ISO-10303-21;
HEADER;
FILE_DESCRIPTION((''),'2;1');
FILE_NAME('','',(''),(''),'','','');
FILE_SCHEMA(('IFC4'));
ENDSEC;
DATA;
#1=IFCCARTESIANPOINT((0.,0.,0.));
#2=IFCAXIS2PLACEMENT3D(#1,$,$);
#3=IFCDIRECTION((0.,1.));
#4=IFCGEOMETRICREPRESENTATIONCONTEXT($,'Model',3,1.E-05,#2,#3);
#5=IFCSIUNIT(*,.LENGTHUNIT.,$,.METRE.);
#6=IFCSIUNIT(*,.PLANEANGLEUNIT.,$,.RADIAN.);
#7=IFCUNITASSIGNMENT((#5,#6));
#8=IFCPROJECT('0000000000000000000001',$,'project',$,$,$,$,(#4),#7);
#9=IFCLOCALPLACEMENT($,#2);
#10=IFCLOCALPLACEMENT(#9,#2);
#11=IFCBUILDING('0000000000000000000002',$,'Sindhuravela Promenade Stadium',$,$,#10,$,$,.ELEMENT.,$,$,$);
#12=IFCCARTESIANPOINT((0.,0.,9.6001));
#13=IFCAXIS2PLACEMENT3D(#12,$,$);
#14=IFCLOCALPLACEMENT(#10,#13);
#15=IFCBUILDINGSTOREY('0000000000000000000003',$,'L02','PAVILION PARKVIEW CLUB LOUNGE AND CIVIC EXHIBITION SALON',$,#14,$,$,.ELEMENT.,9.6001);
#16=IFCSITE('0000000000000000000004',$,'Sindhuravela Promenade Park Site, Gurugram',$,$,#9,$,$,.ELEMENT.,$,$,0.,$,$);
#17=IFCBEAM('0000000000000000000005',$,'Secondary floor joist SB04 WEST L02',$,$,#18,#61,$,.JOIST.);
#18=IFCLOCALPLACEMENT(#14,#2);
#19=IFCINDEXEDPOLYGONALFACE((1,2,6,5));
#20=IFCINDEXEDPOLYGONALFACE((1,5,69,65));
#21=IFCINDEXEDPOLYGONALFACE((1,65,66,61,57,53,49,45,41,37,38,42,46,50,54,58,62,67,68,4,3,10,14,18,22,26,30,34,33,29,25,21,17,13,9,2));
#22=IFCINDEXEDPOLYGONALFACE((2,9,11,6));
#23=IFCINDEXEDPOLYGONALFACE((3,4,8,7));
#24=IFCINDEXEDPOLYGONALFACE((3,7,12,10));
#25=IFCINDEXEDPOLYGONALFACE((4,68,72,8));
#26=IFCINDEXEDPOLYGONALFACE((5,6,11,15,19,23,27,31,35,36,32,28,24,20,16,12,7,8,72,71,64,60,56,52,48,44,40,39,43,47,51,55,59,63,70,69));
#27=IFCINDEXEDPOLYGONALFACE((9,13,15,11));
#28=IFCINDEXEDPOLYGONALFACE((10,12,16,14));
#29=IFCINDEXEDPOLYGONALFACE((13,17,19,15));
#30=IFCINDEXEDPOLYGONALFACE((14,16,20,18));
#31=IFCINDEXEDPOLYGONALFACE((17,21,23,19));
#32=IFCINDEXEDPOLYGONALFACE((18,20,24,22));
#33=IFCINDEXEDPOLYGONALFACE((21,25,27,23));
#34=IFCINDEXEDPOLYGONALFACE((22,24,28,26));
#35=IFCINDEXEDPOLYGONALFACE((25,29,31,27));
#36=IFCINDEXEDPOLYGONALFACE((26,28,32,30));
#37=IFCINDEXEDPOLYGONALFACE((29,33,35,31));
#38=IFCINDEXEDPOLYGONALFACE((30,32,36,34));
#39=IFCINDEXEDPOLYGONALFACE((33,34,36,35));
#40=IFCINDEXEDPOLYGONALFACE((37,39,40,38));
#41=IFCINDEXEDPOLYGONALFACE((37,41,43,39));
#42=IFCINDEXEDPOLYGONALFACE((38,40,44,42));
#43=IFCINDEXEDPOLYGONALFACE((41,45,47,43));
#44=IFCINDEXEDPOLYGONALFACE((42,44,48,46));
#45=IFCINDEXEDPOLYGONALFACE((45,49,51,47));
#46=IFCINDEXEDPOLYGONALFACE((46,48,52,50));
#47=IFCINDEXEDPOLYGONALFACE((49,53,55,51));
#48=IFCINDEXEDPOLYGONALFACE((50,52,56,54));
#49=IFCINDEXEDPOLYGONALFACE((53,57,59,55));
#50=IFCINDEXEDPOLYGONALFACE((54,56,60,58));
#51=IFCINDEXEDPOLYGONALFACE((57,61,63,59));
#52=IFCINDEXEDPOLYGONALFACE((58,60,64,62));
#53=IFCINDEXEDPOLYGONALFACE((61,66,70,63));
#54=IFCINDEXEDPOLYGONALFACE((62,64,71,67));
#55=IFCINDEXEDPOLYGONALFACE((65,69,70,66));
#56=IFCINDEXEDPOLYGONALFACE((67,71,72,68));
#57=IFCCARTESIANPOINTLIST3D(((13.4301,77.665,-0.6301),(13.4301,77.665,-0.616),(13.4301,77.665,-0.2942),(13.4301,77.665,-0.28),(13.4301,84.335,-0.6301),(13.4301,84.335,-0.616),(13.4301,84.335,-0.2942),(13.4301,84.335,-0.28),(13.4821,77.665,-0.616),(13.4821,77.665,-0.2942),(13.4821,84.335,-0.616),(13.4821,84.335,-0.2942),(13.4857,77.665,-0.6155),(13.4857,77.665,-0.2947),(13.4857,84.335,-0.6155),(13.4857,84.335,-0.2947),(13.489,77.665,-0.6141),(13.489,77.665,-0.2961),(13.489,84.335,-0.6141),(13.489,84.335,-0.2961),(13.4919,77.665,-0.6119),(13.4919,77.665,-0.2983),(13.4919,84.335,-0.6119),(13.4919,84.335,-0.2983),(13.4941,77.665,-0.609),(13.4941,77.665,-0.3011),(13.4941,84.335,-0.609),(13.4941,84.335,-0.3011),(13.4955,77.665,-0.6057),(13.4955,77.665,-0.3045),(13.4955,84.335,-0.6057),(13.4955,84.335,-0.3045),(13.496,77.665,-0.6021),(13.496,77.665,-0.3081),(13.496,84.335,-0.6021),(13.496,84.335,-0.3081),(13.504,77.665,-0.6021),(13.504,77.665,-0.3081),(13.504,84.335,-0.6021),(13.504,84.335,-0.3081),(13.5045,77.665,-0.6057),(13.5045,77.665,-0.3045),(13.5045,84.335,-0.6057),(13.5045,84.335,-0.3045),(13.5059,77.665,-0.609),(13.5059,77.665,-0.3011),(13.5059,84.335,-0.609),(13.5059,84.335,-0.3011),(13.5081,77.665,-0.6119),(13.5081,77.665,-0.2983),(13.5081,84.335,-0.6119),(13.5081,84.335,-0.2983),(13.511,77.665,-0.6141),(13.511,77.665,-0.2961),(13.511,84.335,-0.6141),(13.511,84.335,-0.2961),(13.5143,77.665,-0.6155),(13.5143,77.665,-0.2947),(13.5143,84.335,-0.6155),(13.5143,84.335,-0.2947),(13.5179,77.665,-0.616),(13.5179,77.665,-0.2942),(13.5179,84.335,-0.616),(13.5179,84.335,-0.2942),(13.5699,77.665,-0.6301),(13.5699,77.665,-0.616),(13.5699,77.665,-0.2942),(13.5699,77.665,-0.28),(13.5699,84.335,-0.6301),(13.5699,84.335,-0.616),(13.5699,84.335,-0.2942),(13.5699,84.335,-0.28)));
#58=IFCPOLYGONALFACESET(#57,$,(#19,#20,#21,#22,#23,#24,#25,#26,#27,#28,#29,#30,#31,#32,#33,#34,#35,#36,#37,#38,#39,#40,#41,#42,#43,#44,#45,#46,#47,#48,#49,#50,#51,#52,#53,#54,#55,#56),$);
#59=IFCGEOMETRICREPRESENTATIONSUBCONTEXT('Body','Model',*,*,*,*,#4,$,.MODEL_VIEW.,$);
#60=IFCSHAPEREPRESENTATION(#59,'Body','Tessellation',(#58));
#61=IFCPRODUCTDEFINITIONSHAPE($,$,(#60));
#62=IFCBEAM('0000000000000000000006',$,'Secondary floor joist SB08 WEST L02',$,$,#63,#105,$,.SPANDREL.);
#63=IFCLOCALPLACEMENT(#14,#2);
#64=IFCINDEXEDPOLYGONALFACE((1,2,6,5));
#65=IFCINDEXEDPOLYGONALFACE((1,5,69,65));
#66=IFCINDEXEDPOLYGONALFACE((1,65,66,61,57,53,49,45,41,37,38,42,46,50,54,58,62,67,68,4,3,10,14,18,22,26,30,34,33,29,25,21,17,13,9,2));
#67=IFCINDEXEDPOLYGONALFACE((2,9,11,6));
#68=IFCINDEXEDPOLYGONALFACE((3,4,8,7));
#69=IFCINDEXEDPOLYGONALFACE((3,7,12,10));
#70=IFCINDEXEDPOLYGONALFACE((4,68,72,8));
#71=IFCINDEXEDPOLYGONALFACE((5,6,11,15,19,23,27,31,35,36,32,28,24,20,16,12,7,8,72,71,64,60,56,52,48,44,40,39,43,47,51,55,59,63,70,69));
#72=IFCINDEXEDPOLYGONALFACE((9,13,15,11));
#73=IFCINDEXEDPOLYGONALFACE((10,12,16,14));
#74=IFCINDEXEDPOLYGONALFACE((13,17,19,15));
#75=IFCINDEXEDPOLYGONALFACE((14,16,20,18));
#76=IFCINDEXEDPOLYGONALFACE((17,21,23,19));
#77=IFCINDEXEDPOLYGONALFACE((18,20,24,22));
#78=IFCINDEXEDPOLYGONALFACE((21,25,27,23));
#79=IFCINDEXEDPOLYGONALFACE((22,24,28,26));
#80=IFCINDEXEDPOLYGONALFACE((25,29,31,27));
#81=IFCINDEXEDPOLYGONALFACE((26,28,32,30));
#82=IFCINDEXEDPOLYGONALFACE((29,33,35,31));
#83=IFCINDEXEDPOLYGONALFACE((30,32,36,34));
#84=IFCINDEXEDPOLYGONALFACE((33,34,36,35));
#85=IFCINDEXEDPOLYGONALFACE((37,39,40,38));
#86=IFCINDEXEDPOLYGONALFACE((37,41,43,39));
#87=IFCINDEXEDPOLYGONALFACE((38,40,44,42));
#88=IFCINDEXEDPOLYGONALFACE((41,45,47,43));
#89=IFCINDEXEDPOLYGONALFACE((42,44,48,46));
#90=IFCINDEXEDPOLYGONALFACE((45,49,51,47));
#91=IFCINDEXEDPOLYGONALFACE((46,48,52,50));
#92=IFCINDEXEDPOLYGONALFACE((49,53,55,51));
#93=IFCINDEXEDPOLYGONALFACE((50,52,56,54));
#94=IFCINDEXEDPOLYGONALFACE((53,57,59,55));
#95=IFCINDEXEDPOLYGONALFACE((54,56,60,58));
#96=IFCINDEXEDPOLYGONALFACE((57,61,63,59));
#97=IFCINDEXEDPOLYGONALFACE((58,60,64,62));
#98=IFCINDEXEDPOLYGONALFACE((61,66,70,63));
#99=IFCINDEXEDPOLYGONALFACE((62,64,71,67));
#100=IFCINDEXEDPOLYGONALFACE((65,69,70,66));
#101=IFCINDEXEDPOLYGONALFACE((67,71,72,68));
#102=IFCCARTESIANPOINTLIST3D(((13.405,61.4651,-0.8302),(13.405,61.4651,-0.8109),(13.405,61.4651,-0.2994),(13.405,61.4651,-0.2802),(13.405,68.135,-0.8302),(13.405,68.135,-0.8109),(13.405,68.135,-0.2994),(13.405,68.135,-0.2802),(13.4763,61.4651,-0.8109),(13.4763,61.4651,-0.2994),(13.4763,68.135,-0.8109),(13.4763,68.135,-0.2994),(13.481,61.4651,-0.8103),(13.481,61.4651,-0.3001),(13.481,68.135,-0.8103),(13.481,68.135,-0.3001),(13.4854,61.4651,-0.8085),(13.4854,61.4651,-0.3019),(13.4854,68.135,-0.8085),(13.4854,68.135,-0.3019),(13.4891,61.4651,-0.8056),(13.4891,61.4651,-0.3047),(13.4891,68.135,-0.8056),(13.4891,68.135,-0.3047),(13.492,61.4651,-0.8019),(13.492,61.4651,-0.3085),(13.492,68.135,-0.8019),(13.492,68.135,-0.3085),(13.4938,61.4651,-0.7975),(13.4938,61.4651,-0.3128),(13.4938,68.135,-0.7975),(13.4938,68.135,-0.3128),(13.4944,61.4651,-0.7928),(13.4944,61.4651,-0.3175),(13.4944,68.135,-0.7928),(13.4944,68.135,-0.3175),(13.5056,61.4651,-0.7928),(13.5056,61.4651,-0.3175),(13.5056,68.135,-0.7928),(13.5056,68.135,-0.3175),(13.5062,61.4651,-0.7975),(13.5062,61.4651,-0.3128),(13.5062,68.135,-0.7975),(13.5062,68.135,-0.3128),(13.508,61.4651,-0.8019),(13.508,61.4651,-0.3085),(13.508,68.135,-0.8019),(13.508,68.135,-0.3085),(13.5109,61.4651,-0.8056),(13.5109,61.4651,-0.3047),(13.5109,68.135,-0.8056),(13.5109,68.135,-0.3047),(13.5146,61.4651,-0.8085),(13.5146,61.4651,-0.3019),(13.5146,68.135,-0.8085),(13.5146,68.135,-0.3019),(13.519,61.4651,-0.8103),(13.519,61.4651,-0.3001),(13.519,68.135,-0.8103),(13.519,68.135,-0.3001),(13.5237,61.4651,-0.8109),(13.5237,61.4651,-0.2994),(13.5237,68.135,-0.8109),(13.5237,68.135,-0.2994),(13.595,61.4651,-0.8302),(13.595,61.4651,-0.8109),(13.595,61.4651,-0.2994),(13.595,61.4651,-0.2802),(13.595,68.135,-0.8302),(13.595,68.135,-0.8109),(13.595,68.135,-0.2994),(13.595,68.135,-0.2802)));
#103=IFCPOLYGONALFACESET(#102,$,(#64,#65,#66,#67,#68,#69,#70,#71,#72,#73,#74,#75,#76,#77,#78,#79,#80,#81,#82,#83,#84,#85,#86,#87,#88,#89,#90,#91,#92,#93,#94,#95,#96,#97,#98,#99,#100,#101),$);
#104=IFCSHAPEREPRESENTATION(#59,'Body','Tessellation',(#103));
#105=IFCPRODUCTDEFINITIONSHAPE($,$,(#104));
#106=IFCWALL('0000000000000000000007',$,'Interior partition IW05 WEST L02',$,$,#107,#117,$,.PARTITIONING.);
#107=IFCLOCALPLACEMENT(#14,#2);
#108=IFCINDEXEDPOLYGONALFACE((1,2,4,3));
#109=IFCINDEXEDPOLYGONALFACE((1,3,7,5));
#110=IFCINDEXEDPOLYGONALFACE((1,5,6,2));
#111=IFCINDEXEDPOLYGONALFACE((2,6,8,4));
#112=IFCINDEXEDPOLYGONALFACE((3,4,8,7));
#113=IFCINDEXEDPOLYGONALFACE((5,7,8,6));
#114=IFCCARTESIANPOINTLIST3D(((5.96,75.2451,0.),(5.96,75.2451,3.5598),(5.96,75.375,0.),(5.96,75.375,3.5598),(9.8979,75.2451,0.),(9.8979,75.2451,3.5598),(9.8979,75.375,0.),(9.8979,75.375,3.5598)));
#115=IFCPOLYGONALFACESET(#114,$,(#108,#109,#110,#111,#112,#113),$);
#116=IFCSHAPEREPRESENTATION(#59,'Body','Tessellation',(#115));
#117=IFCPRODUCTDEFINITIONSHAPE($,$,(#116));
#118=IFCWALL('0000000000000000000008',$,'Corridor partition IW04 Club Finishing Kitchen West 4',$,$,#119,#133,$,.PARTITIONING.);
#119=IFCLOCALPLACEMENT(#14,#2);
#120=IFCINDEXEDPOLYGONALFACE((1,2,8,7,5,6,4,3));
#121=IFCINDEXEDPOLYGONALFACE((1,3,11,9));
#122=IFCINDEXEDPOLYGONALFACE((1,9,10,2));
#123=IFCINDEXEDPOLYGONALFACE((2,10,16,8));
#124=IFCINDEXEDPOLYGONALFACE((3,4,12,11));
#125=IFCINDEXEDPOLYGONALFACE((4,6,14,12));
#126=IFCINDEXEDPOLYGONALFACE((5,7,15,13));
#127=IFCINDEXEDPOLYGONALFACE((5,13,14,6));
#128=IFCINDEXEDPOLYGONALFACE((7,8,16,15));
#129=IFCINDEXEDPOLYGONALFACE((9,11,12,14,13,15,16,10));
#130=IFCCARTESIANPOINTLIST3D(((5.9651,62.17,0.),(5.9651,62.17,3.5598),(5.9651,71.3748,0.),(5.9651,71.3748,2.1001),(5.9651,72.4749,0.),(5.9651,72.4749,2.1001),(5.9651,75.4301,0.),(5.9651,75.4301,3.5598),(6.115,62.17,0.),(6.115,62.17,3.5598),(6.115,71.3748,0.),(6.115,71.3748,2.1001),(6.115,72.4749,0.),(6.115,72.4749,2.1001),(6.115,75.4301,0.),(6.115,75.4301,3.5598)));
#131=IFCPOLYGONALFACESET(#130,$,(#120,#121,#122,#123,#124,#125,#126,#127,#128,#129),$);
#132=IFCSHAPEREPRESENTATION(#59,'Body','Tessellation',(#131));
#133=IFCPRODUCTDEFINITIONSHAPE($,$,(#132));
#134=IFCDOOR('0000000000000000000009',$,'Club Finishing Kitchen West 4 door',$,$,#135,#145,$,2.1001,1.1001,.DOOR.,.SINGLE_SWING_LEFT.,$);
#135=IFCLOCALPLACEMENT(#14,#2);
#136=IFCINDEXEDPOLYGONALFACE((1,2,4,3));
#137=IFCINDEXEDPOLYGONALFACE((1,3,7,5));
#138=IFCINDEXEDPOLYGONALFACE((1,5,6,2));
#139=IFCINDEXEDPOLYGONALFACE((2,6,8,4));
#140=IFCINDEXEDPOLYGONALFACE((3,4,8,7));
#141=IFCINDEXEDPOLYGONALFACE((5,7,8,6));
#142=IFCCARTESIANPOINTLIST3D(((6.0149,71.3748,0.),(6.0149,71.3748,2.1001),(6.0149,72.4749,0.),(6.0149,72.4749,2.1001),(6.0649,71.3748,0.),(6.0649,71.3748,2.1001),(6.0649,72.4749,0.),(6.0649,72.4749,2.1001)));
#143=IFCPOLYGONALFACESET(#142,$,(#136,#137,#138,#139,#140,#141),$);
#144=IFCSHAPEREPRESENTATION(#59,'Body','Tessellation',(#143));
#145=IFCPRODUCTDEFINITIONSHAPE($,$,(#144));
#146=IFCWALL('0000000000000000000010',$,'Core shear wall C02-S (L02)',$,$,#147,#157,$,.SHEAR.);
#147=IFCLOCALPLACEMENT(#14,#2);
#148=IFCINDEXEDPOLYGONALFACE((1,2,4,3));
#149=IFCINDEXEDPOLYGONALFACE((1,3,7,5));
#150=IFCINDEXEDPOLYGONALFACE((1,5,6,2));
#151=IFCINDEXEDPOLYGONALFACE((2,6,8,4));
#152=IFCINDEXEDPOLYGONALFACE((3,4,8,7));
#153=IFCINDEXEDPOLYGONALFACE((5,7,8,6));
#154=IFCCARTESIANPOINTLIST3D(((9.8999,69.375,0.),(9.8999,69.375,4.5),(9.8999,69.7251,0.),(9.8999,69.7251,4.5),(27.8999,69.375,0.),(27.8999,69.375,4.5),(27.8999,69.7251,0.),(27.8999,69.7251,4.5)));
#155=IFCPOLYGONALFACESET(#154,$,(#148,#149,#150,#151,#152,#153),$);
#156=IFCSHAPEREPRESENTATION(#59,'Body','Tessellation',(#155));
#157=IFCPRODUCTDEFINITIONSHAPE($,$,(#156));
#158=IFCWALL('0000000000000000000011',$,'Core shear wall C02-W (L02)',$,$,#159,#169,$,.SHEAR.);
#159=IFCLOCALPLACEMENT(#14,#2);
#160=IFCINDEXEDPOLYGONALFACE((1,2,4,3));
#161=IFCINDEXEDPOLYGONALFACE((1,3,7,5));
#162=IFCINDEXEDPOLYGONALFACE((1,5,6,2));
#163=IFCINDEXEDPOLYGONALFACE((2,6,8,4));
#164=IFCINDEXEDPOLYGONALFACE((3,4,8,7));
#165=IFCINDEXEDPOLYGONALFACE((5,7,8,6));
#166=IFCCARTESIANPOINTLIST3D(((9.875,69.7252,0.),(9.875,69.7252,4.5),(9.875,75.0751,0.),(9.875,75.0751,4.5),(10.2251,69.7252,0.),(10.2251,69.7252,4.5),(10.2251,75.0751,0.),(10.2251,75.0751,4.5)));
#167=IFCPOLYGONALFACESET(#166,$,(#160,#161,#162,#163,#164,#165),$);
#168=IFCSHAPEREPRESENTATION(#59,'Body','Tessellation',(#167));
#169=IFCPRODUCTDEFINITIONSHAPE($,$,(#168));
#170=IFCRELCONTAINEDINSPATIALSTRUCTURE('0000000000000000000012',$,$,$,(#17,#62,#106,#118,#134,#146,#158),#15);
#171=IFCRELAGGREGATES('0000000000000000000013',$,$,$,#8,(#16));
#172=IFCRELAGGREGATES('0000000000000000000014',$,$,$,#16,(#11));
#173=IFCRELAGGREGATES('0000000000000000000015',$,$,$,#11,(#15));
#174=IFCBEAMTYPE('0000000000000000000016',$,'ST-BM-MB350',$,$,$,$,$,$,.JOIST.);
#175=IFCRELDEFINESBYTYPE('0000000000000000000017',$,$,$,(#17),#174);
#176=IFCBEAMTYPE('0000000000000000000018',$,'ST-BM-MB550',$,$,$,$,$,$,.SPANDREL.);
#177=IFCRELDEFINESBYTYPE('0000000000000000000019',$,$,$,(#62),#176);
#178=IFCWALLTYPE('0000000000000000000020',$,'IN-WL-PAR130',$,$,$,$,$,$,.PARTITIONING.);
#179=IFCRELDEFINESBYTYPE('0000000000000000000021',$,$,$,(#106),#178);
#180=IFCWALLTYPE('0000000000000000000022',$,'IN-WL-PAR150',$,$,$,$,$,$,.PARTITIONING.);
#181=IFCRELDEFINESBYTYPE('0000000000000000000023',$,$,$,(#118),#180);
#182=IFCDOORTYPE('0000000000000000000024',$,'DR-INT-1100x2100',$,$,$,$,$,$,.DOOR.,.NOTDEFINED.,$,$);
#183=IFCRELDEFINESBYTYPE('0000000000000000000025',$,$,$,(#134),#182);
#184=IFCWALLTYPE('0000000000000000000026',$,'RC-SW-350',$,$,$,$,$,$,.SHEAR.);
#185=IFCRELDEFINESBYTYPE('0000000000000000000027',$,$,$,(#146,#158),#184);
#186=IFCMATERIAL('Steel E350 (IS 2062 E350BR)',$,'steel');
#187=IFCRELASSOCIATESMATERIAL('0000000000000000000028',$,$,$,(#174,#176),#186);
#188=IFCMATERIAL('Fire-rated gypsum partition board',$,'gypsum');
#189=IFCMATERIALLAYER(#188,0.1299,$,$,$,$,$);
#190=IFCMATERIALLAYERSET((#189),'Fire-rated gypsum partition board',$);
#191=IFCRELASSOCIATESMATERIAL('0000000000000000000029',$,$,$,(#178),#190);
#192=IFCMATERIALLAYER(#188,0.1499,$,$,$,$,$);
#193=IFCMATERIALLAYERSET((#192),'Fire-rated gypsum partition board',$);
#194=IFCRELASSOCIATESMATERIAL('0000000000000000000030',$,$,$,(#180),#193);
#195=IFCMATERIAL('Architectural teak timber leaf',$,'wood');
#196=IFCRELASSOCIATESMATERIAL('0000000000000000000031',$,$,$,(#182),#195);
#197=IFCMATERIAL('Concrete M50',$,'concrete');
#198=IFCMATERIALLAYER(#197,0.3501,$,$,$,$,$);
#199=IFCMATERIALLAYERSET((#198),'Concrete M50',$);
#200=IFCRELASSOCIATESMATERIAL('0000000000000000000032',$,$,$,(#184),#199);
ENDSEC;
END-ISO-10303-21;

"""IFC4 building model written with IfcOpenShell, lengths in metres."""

from ifc_helpers import new_model, si_unit, direction, frame, frame_2d, origin, origin_2d, place, context, subcontext, project, spatial, rectangle, i_section, extrude, material, layer, layer_set, material_profile, profile_set, type_object, element, fill, save


model = new_model("IFC4")

# Units and contexts
model_context = context("Model", 3, precision=1e-05, world=origin(), true_north=direction((0.0, 1.0)))
body_context = subcontext(model_context, "Body", "Model", "MODEL_VIEW")
ifc_project = project(units=[si_unit("LENGTHUNIT", "METRE"), si_unit("PLANEANGLEUNIT", "RADIAN")], contexts=[model_context])

# Site, building, storey
site_placement = place(None, origin())
site = spatial("IfcSite", under=ifc_project, at=site_placement, Name="Sindhuravela Promenade Park Site, Gurugram", CompositionType="ELEMENT", RefElevation=0.0)
building_placement = place(site_placement, origin())
building = spatial("IfcBuilding", under=site, at=building_placement, Name="Sindhuravela Promenade Stadium", CompositionType="ELEMENT")
storey_placement = place(building_placement, frame((0.0, 0.0, 9.6001)))
storey = spatial("IfcBuildingStorey", under=building, at=storey_placement, Name="L02", Description="PAVILION PARKVIEW CLUB LOUNGE AND CIVIC EXHIBITION SALON", CompositionType="ELEMENT", Elevation=9.6001)

# Shared definitions
ifc_material_1 = material(Name="Concrete M50", Category="concrete")

# Beams
ifc_material_2 = material(Name="Steel E350 (IS 2062 E350BR)", Category="steel")
ifc_material_profile_1 = material_profile(ifc_material_2, i_section(OverallWidth=0.1399, OverallDepth=0.3501, WebThickness=0.0081, FlangeThickness=0.0142, FilletRadius=0.0139, at=origin_2d()), Name="ISMB 350")
ifc_profile_set_1 = profile_set([ifc_material_profile_1], Name="Steel E350 (IS 2062 E350BR)")
beam_type_1 = type_object("IfcBeamType", Name="ST-BM-MB350", PredefinedType="JOIST", material=ifc_profile_set_1)
beam_1_placement = place(storey_placement, frame((13.5, 77.665, -0.4551), z_axis=(0.0, 1.0, 0.0), x_axis=(-1.0, 0.0, 0.0)))
element("IfcBeam", 1, at=beam_1_placement, inside=storey, type_object=beam_type_1, Name="Secondary floor joist SB04 WEST L02", PredefinedType="JOIST", context=body_context, shape_type="SweptSolid", body=[
    extrude(i_section(OverallWidth=0.1399, OverallDepth=0.3501, WebThickness=0.0081, FlangeThickness=0.0142, FilletRadius=0.0139, at=origin_2d()), origin(), (0.0, 0.0, 1.0), 6.6699),
])
ifc_material_profile_2 = material_profile(ifc_material_2, i_section(OverallWidth=0.1899, OverallDepth=0.55, WebThickness=0.0112, FlangeThickness=0.0193, FilletRadius=0.0181, at=origin_2d()), Name="ISMB 550")
ifc_profile_set_2 = profile_set([ifc_material_profile_2], Name="Steel E350 (IS 2062 E350BR)")
beam_type_2 = type_object("IfcBeamType", Name="ST-BM-MB550", PredefinedType="SPANDREL", material=ifc_profile_set_2)
beam_2_placement = place(storey_placement, frame((13.5, 61.4651, -0.5552), z_axis=(0.0, 1.0, 0.0), x_axis=(-1.0, 0.0, 0.0)))
element("IfcBeam", 2, at=beam_2_placement, inside=storey, type_object=beam_type_2, Name="Secondary floor joist SB08 WEST L02", PredefinedType="SPANDREL", context=body_context, shape_type="SweptSolid", body=[
    extrude(i_section(OverallWidth=0.1899, OverallDepth=0.55, WebThickness=0.0112, FlangeThickness=0.0193, FilletRadius=0.0181, at=origin_2d()), origin(), (0.0, 0.0, 1.0), 6.6699),
])

# Wall
ifc_material_3 = material(Name="Fire-rated gypsum partition board", Category="gypsum")
ifc_layer_1 = layer(ifc_material_3, 0.1299)
ifc_layer_set_1 = layer_set([ifc_layer_1], Name="Fire-rated gypsum partition board")
wall_type_1 = type_object("IfcWallType", Name="IN-WL-PAR130", PredefinedType="PARTITIONING", material=ifc_layer_set_1)
wall_1_placement = place(storey_placement, frame((5.96, 75.3101, 0.0), z_axis=(0.0, 0.0, 1.0), x_axis=(1.0, 0.0, 0.0)))
element("IfcWall", 3, at=wall_1_placement, inside=storey, type_object=wall_type_1, Name="Interior partition IW05 WEST L02", PredefinedType="PARTITIONING", context=body_context, shape_type="SweptSolid", body=[
    extrude(rectangle(XDim=3.938, YDim=0.1299, at=frame_2d((1.969, 0.0))), origin(), (0.0, 0.0, 1.0), 3.5598),
])

# Wall, opening, door
ifc_layer_2 = layer(ifc_material_3, 0.1499)
ifc_layer_set_2 = layer_set([ifc_layer_2], Name="Fire-rated gypsum partition board")
wall_type_2 = type_object("IfcWallType", Name="IN-WL-PAR150", PredefinedType="PARTITIONING", material=ifc_layer_set_2)
wall_2_placement = place(storey_placement, frame((6.04, 75.4299, 0.0), z_axis=(0.0, 0.0, 1.0), x_axis=(0.0, -1.0, 0.0)))
wall_2 = element("IfcWall", 4, at=wall_2_placement, inside=storey, type_object=wall_type_2, Name="Corridor partition IW04 Club Finishing Kitchen West 4", PredefinedType="PARTITIONING", context=body_context, shape_type="SweptSolid", body=[
    extrude(rectangle(XDim=13.26, YDim=0.1499, at=frame_2d((6.6299, 0.0))), origin(), (0.0, 0.0, 1.0), 3.5598),
])
opening_placement = place(wall_2_placement, frame((2.9551, 0.0, 0.0)))
opening = element("IfcOpeningElement", 5, at=opening_placement, cuts=wall_2, PredefinedType="OPENING", context=body_context, shape_type="SweptSolid", body=[
    extrude(rectangle(XDim=1.1001, YDim=2.1001, at=frame_2d((0.55, 1.05))), frame((0.0, 0.085, 0.0), z_axis=(0.0, -1.0, 0.0), x_axis=(1.0, 0.0, 0.0)), (0.0, 0.0, 1.0), 0.1699),
])
ifc_material_4 = material(Name="Architectural teak timber leaf", Category="wood")
door_type = type_object("IfcDoorType", Name="DR-INT-1100x2100", OperationType="NOTDEFINED", PredefinedType="DOOR", material=ifc_material_4)
door_placement = place(opening_placement, origin())
door = element("IfcDoor", 6, at=door_placement, inside=storey, type_object=door_type, Name="Club Finishing Kitchen West 4 door", OperationType="SINGLE_SWING_LEFT", OverallHeight=2.1001, OverallWidth=1.1001, PredefinedType="DOOR", context=body_context, shape_type="SweptSolid", body=[
    extrude(rectangle(XDim=1.1001, YDim=2.1001, at=frame_2d((0.55, 1.05))), frame((0.0, 0.0249, 0.0), z_axis=(0.0, -1.0, 0.0), x_axis=(1.0, 0.0, 0.0)), (0.0, 0.0, 1.0), 0.05),
])
fill(opening, door)

# Walls
ifc_layer_3 = layer(ifc_material_1, 0.3501)
ifc_layer_set_3 = layer_set([ifc_layer_3], Name="Concrete M50")
wall_type_3 = type_object("IfcWallType", Name="RC-SW-350", PredefinedType="SHEAR", material=ifc_layer_set_3)
wall_3_placement = place(storey_placement, frame((9.8999, 69.55, 0.0), z_axis=(0.0, 0.0, 1.0), x_axis=(1.0, 0.0, 0.0)))
element("IfcWall", 7, at=wall_3_placement, inside=storey, type_object=wall_type_3, Name="Core shear wall C02-S (L02)", PredefinedType="SHEAR", context=body_context, shape_type="SweptSolid", body=[
    extrude(rectangle(XDim=18.0, YDim=0.3501, at=frame_2d((9.0, 0.0))), origin(), (0.0, 0.0, 1.0), 4.5),
])
wall_4_placement = place(storey_placement, frame((10.05, 75.075, 0.0), z_axis=(0.0, 0.0, 1.0), x_axis=(0.0, -1.0, 0.0)))
element("IfcWall", 8, at=wall_4_placement, inside=storey, type_object=wall_type_3, Name="Core shear wall C02-W (L02)", PredefinedType="SHEAR", context=body_context, shape_type="SweptSolid", body=[
    extrude(rectangle(XDim=5.3499, YDim=0.3501, at=frame_2d((2.6748, 0.0))), origin(), (0.0, 0.0, 1.0), 4.5),
])

save(model, "model.ifc")
